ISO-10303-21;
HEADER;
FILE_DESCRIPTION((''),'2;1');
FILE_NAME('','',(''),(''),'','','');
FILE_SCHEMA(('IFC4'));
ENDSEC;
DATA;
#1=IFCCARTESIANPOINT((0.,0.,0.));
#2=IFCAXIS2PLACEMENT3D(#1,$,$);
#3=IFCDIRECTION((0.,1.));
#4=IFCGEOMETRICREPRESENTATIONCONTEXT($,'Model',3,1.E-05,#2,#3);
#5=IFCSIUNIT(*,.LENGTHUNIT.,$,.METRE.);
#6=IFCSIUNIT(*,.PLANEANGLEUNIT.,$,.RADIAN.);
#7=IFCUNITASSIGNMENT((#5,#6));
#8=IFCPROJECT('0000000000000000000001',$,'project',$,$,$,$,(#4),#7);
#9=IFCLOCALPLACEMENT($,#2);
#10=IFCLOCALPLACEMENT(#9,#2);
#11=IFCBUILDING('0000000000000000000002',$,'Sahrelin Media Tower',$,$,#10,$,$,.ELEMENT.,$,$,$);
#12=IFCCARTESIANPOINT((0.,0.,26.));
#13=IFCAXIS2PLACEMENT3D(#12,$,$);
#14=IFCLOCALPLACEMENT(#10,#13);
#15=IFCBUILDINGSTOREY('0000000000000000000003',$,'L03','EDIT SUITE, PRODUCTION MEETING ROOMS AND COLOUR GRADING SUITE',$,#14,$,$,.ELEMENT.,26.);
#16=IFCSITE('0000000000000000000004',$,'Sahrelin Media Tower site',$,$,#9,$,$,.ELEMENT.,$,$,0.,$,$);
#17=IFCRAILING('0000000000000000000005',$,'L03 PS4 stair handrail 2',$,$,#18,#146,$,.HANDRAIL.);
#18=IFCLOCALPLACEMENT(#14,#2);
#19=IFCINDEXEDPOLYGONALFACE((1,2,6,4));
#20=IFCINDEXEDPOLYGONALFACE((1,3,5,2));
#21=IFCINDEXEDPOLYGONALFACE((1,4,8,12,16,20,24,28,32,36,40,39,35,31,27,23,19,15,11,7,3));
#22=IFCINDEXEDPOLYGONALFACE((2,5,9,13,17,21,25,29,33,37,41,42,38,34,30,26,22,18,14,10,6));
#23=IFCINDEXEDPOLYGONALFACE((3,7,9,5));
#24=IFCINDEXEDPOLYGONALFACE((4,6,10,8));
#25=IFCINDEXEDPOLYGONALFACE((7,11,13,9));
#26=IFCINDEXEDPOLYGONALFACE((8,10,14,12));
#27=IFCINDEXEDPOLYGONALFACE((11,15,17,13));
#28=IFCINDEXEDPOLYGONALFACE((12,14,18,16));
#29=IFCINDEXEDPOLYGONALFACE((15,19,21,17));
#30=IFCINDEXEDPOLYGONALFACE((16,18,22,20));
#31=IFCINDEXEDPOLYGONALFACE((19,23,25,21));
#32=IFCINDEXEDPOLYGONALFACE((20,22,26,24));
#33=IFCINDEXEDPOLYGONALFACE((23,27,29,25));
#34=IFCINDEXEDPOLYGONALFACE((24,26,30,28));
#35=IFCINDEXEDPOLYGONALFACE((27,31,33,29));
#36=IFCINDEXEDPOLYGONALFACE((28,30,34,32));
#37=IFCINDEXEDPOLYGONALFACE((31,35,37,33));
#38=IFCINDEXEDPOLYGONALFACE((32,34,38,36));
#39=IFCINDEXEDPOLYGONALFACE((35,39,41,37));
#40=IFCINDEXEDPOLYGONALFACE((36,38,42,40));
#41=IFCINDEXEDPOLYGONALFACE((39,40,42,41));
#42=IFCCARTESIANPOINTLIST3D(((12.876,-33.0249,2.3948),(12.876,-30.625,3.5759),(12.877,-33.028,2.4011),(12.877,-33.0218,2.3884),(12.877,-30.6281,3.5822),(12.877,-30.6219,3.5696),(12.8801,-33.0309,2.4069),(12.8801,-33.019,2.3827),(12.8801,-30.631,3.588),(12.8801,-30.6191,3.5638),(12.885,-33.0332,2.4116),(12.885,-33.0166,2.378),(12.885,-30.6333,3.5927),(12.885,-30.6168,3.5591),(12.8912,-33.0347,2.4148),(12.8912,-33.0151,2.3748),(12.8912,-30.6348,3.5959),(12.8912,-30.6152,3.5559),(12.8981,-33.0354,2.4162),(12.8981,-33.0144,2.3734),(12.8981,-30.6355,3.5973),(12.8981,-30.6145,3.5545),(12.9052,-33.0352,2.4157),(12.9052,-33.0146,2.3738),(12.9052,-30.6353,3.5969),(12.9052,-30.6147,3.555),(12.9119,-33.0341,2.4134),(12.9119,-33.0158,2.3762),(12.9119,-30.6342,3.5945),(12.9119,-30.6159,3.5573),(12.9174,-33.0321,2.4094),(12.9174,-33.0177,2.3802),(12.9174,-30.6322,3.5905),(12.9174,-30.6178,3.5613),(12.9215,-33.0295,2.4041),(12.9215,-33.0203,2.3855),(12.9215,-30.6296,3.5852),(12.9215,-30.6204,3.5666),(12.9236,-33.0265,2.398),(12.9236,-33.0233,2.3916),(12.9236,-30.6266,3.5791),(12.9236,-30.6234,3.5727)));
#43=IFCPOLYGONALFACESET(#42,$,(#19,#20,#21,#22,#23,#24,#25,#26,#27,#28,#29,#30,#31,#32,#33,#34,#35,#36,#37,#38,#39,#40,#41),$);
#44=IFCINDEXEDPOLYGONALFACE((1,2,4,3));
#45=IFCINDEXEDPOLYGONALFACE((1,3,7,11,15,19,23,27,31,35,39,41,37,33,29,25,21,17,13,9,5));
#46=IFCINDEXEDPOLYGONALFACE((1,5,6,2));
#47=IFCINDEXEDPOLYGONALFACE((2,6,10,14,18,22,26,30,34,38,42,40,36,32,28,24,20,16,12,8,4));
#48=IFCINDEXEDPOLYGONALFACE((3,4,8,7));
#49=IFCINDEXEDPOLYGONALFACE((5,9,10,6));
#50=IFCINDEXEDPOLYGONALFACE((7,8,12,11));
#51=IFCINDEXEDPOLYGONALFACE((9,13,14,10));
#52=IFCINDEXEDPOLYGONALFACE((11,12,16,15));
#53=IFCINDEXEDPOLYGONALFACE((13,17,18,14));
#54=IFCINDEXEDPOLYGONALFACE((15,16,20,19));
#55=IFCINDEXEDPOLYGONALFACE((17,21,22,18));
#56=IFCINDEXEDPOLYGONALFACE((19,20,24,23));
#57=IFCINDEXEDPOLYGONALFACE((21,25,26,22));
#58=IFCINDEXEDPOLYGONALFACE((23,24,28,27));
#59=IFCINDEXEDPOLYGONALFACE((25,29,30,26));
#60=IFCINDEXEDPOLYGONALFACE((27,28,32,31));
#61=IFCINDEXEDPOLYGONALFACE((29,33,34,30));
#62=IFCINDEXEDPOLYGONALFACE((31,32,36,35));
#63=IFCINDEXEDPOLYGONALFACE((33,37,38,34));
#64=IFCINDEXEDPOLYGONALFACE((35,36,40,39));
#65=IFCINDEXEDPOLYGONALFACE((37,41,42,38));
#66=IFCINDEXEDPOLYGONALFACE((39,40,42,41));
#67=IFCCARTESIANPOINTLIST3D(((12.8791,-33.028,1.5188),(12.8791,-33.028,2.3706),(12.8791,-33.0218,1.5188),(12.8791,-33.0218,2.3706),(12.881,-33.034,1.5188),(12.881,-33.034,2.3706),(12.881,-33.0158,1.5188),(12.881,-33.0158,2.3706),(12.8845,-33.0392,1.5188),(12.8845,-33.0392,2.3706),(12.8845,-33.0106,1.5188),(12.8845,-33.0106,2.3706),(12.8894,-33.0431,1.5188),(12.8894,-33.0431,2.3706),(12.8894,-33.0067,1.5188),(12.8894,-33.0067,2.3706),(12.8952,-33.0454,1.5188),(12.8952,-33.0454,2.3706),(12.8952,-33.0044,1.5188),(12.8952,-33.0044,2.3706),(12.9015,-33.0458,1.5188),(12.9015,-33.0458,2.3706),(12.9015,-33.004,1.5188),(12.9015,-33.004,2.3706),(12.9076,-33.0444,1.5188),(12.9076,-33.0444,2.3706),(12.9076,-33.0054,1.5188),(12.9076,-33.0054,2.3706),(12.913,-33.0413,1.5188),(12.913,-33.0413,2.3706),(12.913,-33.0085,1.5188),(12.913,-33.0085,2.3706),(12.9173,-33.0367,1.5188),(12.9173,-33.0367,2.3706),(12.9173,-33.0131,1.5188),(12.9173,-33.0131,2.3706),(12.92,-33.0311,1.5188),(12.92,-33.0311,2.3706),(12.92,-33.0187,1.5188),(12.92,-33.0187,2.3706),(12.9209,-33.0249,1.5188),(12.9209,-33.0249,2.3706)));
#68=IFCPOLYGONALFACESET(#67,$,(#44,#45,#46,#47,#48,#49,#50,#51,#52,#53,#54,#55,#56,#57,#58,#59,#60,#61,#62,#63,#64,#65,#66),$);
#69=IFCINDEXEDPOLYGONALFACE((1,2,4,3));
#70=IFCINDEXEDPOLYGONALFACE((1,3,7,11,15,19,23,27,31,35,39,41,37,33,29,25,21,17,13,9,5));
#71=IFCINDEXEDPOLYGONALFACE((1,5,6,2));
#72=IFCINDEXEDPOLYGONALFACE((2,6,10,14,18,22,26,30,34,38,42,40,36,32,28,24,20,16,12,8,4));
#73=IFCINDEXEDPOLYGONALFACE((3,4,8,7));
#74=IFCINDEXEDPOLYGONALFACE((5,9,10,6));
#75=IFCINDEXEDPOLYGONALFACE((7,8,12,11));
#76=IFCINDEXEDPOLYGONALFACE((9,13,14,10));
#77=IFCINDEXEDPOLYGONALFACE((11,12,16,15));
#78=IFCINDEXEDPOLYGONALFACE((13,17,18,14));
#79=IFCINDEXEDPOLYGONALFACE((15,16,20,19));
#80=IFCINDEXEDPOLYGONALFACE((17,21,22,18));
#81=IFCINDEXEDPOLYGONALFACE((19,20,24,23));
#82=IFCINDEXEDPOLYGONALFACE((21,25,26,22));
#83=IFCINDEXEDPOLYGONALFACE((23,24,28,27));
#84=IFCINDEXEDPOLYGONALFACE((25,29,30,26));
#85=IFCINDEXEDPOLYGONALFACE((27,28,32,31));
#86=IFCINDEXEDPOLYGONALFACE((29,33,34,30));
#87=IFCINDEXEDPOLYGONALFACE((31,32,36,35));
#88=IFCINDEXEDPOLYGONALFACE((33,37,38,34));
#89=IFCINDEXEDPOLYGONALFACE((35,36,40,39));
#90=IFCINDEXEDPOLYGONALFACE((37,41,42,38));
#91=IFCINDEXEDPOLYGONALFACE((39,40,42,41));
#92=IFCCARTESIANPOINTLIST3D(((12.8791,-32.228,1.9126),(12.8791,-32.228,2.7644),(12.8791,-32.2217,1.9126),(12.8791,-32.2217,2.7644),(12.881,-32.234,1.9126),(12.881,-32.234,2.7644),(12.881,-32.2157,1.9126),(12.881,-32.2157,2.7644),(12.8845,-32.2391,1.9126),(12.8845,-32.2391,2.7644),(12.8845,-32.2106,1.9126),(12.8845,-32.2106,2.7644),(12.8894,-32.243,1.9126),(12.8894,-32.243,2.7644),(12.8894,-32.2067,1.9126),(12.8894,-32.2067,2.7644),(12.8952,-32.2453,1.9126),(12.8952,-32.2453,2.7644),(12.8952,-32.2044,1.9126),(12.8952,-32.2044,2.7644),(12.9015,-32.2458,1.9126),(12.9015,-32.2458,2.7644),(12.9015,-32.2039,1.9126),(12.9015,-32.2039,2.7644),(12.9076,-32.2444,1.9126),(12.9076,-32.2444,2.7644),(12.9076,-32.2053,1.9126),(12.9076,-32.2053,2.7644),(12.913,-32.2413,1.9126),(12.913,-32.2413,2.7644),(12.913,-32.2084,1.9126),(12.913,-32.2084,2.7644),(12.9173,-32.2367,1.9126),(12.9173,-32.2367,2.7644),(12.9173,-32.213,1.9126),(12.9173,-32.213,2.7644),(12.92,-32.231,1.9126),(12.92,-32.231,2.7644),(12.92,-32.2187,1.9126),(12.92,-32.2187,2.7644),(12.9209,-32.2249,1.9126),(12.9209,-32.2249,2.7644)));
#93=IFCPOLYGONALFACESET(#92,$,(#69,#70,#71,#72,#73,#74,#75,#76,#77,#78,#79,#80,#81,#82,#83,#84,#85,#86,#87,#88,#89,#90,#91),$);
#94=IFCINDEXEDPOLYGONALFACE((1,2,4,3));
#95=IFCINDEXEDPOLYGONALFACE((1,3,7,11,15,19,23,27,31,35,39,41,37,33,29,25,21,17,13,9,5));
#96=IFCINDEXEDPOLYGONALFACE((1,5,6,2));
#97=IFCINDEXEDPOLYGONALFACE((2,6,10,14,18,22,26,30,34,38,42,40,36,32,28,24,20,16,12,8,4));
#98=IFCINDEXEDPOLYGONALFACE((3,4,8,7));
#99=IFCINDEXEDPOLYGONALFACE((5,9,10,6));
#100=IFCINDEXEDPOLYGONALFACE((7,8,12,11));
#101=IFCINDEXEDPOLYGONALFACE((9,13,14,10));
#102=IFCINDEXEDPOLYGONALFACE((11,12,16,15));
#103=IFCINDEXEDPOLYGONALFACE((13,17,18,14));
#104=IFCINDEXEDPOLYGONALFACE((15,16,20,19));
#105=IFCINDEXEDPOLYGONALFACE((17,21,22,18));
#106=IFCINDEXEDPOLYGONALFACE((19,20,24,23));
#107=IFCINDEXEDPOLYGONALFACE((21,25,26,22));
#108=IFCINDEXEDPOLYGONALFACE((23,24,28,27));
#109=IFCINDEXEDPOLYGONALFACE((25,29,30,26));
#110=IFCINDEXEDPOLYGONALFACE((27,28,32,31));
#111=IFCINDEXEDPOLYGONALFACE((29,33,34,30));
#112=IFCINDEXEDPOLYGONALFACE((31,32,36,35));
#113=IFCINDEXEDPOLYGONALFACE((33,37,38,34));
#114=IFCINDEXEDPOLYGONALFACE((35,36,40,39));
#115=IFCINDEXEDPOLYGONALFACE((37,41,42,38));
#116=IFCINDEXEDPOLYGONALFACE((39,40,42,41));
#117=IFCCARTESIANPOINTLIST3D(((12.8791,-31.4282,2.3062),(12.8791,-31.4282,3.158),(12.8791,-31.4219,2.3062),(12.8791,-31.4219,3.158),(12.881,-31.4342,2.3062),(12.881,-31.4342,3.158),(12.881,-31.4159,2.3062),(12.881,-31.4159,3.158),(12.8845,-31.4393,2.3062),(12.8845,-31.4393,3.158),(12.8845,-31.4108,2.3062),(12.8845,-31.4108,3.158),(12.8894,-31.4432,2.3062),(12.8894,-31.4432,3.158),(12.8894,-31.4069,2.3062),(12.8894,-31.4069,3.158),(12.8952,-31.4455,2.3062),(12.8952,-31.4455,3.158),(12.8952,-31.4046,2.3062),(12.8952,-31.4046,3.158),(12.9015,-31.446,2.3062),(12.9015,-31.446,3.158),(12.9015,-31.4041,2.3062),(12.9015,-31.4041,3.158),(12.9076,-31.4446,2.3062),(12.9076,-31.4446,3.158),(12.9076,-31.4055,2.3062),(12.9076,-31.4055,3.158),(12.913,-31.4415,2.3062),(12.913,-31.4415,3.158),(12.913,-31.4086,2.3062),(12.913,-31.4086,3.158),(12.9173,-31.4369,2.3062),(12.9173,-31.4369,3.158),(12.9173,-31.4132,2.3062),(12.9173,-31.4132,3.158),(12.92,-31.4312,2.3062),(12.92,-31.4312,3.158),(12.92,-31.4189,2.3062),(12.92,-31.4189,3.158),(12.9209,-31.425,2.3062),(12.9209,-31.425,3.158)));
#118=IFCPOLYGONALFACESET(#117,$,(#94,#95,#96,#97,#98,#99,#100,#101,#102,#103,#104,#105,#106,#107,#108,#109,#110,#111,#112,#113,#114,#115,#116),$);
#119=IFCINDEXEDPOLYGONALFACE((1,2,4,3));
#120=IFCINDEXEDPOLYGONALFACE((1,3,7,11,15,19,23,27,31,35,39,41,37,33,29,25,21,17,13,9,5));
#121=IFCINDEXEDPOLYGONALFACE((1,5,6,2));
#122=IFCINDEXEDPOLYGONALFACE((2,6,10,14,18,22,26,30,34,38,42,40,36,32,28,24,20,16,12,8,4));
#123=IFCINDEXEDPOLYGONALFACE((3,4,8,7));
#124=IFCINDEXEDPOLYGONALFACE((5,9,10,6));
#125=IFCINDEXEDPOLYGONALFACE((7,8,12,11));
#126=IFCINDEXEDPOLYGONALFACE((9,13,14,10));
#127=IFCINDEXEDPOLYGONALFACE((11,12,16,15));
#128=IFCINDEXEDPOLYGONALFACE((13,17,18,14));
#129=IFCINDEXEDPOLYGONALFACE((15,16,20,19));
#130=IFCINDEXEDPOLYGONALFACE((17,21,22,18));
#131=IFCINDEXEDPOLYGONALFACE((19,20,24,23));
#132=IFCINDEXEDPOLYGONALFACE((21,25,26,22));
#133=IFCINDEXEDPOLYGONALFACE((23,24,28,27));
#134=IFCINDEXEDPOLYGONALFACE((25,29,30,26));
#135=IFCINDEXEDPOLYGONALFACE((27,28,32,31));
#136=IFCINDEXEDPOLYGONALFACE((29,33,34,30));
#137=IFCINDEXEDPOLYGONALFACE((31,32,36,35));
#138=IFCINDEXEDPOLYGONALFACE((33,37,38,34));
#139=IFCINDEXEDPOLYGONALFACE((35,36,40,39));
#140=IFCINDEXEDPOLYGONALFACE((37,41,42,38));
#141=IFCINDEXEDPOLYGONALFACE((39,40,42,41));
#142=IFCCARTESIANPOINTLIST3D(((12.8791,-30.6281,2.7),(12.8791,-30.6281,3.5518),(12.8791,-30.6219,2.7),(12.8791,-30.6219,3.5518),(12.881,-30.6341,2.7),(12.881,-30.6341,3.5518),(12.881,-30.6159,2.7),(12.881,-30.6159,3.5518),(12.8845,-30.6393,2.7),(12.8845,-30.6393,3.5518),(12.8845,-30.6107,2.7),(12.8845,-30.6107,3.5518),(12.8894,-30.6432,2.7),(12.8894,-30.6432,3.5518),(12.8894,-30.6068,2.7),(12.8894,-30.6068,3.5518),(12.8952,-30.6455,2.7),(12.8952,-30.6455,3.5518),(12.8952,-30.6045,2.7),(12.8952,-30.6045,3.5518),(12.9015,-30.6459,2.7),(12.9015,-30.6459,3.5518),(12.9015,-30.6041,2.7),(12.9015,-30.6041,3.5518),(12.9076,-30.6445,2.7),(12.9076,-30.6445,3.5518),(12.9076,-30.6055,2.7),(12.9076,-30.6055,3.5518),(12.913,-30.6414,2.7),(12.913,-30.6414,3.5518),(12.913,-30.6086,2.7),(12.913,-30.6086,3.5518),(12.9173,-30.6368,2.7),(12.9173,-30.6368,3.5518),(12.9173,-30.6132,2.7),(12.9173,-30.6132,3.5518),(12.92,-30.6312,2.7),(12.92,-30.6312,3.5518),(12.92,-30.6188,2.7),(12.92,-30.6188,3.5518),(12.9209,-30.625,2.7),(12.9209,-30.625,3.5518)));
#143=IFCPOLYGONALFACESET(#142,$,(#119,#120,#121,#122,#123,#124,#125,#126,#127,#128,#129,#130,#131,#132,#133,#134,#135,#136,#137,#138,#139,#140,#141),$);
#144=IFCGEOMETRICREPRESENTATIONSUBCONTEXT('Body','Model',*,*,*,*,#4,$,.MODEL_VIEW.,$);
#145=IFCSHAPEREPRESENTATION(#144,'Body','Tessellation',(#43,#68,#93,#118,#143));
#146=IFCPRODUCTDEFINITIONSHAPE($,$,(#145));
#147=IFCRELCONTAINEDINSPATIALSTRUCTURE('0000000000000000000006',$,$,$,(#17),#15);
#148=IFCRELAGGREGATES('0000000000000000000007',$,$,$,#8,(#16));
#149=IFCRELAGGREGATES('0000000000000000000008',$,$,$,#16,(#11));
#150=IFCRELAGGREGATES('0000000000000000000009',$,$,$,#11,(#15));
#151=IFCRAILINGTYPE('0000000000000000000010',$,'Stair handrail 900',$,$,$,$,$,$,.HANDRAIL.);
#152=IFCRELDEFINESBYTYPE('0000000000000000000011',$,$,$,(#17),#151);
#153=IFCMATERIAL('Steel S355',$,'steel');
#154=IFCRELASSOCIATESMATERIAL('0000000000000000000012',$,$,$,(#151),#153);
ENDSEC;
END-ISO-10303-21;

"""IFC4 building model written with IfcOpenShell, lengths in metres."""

from ifc_helpers import new_model, si_unit, direction, frame, origin, origin_2d, place, context, subcontext, project, spatial, circle, extrude, material, type_object, element, save


model = new_model("IFC4")

# Units and contexts
model_context = context("Model", 3, precision=1e-05, world=origin(), true_north=direction((0.0, 1.0)))
body_context = subcontext(model_context, "Body", "Model", "MODEL_VIEW")
ifc_project = project(units=[si_unit("LENGTHUNIT", "METRE"), si_unit("PLANEANGLEUNIT", "RADIAN")], contexts=[model_context])

# Site, building, storey
site_placement = place(None, origin())
site = spatial("IfcSite", under=ifc_project, at=site_placement, Name="Sahrelin Media Tower site", CompositionType="ELEMENT", RefElevation=0.0)
building_placement = place(site_placement, origin())
building = spatial("IfcBuilding", under=site, at=building_placement, Name="Sahrelin Media Tower", CompositionType="ELEMENT")
storey_placement = place(building_placement, frame((0.0, 0.0, 26.0)))
storey = spatial("IfcBuildingStorey", under=building, at=storey_placement, Name="L03", Description="EDIT SUITE, PRODUCTION MEETING ROOMS AND COLOUR GRADING SUITE", CompositionType="ELEMENT", Elevation=26.0)

# Shared definitions
ifc_material_1 = material(Name="Steel S355", Category="steel")

# Railing
railing_type_1 = type_object("IfcRailingType", Name="Stair handrail 900", PredefinedType="HANDRAIL", material=ifc_material_1)
railing_1_placement = place(storey_placement, frame((12.8999, -33.0249, 1.5188)))
element("IfcRailing", 1, at=railing_1_placement, inside=storey, type_object=railing_type_1, Name="L03 PS4 stair handrail 2", PredefinedType="HANDRAIL", context=body_context, shape_type="SweptSolid", body=[
    extrude(circle(Radius=0.0239, at=origin_2d()), frame((0.0, 0.0, 0.876), z_axis=(0.0, 0.897221, 0.441582), x_axis=(-1.0, 0.0, 0.0)), (0.0, 0.0, 1.0), 2.6748),
    extrude(circle(Radius=0.021, at=origin_2d()), origin(), (0.0, 0.0, 1.0), 0.8518),
    extrude(circle(Radius=0.021, at=origin_2d()), frame((0.0, 0.8, 0.3938)), (0.0, 0.0, 1.0), 0.8518),
    extrude(circle(Radius=0.021, at=origin_2d()), frame((0.0, 1.5999, 0.7874)), (0.0, 0.0, 1.0), 0.8518),
    extrude(circle(Radius=0.021, at=origin_2d()), frame((0.0, 2.3999, 1.1812)), (0.0, 0.0, 1.0), 0.8518),
])

save(model, "model.ifc")
